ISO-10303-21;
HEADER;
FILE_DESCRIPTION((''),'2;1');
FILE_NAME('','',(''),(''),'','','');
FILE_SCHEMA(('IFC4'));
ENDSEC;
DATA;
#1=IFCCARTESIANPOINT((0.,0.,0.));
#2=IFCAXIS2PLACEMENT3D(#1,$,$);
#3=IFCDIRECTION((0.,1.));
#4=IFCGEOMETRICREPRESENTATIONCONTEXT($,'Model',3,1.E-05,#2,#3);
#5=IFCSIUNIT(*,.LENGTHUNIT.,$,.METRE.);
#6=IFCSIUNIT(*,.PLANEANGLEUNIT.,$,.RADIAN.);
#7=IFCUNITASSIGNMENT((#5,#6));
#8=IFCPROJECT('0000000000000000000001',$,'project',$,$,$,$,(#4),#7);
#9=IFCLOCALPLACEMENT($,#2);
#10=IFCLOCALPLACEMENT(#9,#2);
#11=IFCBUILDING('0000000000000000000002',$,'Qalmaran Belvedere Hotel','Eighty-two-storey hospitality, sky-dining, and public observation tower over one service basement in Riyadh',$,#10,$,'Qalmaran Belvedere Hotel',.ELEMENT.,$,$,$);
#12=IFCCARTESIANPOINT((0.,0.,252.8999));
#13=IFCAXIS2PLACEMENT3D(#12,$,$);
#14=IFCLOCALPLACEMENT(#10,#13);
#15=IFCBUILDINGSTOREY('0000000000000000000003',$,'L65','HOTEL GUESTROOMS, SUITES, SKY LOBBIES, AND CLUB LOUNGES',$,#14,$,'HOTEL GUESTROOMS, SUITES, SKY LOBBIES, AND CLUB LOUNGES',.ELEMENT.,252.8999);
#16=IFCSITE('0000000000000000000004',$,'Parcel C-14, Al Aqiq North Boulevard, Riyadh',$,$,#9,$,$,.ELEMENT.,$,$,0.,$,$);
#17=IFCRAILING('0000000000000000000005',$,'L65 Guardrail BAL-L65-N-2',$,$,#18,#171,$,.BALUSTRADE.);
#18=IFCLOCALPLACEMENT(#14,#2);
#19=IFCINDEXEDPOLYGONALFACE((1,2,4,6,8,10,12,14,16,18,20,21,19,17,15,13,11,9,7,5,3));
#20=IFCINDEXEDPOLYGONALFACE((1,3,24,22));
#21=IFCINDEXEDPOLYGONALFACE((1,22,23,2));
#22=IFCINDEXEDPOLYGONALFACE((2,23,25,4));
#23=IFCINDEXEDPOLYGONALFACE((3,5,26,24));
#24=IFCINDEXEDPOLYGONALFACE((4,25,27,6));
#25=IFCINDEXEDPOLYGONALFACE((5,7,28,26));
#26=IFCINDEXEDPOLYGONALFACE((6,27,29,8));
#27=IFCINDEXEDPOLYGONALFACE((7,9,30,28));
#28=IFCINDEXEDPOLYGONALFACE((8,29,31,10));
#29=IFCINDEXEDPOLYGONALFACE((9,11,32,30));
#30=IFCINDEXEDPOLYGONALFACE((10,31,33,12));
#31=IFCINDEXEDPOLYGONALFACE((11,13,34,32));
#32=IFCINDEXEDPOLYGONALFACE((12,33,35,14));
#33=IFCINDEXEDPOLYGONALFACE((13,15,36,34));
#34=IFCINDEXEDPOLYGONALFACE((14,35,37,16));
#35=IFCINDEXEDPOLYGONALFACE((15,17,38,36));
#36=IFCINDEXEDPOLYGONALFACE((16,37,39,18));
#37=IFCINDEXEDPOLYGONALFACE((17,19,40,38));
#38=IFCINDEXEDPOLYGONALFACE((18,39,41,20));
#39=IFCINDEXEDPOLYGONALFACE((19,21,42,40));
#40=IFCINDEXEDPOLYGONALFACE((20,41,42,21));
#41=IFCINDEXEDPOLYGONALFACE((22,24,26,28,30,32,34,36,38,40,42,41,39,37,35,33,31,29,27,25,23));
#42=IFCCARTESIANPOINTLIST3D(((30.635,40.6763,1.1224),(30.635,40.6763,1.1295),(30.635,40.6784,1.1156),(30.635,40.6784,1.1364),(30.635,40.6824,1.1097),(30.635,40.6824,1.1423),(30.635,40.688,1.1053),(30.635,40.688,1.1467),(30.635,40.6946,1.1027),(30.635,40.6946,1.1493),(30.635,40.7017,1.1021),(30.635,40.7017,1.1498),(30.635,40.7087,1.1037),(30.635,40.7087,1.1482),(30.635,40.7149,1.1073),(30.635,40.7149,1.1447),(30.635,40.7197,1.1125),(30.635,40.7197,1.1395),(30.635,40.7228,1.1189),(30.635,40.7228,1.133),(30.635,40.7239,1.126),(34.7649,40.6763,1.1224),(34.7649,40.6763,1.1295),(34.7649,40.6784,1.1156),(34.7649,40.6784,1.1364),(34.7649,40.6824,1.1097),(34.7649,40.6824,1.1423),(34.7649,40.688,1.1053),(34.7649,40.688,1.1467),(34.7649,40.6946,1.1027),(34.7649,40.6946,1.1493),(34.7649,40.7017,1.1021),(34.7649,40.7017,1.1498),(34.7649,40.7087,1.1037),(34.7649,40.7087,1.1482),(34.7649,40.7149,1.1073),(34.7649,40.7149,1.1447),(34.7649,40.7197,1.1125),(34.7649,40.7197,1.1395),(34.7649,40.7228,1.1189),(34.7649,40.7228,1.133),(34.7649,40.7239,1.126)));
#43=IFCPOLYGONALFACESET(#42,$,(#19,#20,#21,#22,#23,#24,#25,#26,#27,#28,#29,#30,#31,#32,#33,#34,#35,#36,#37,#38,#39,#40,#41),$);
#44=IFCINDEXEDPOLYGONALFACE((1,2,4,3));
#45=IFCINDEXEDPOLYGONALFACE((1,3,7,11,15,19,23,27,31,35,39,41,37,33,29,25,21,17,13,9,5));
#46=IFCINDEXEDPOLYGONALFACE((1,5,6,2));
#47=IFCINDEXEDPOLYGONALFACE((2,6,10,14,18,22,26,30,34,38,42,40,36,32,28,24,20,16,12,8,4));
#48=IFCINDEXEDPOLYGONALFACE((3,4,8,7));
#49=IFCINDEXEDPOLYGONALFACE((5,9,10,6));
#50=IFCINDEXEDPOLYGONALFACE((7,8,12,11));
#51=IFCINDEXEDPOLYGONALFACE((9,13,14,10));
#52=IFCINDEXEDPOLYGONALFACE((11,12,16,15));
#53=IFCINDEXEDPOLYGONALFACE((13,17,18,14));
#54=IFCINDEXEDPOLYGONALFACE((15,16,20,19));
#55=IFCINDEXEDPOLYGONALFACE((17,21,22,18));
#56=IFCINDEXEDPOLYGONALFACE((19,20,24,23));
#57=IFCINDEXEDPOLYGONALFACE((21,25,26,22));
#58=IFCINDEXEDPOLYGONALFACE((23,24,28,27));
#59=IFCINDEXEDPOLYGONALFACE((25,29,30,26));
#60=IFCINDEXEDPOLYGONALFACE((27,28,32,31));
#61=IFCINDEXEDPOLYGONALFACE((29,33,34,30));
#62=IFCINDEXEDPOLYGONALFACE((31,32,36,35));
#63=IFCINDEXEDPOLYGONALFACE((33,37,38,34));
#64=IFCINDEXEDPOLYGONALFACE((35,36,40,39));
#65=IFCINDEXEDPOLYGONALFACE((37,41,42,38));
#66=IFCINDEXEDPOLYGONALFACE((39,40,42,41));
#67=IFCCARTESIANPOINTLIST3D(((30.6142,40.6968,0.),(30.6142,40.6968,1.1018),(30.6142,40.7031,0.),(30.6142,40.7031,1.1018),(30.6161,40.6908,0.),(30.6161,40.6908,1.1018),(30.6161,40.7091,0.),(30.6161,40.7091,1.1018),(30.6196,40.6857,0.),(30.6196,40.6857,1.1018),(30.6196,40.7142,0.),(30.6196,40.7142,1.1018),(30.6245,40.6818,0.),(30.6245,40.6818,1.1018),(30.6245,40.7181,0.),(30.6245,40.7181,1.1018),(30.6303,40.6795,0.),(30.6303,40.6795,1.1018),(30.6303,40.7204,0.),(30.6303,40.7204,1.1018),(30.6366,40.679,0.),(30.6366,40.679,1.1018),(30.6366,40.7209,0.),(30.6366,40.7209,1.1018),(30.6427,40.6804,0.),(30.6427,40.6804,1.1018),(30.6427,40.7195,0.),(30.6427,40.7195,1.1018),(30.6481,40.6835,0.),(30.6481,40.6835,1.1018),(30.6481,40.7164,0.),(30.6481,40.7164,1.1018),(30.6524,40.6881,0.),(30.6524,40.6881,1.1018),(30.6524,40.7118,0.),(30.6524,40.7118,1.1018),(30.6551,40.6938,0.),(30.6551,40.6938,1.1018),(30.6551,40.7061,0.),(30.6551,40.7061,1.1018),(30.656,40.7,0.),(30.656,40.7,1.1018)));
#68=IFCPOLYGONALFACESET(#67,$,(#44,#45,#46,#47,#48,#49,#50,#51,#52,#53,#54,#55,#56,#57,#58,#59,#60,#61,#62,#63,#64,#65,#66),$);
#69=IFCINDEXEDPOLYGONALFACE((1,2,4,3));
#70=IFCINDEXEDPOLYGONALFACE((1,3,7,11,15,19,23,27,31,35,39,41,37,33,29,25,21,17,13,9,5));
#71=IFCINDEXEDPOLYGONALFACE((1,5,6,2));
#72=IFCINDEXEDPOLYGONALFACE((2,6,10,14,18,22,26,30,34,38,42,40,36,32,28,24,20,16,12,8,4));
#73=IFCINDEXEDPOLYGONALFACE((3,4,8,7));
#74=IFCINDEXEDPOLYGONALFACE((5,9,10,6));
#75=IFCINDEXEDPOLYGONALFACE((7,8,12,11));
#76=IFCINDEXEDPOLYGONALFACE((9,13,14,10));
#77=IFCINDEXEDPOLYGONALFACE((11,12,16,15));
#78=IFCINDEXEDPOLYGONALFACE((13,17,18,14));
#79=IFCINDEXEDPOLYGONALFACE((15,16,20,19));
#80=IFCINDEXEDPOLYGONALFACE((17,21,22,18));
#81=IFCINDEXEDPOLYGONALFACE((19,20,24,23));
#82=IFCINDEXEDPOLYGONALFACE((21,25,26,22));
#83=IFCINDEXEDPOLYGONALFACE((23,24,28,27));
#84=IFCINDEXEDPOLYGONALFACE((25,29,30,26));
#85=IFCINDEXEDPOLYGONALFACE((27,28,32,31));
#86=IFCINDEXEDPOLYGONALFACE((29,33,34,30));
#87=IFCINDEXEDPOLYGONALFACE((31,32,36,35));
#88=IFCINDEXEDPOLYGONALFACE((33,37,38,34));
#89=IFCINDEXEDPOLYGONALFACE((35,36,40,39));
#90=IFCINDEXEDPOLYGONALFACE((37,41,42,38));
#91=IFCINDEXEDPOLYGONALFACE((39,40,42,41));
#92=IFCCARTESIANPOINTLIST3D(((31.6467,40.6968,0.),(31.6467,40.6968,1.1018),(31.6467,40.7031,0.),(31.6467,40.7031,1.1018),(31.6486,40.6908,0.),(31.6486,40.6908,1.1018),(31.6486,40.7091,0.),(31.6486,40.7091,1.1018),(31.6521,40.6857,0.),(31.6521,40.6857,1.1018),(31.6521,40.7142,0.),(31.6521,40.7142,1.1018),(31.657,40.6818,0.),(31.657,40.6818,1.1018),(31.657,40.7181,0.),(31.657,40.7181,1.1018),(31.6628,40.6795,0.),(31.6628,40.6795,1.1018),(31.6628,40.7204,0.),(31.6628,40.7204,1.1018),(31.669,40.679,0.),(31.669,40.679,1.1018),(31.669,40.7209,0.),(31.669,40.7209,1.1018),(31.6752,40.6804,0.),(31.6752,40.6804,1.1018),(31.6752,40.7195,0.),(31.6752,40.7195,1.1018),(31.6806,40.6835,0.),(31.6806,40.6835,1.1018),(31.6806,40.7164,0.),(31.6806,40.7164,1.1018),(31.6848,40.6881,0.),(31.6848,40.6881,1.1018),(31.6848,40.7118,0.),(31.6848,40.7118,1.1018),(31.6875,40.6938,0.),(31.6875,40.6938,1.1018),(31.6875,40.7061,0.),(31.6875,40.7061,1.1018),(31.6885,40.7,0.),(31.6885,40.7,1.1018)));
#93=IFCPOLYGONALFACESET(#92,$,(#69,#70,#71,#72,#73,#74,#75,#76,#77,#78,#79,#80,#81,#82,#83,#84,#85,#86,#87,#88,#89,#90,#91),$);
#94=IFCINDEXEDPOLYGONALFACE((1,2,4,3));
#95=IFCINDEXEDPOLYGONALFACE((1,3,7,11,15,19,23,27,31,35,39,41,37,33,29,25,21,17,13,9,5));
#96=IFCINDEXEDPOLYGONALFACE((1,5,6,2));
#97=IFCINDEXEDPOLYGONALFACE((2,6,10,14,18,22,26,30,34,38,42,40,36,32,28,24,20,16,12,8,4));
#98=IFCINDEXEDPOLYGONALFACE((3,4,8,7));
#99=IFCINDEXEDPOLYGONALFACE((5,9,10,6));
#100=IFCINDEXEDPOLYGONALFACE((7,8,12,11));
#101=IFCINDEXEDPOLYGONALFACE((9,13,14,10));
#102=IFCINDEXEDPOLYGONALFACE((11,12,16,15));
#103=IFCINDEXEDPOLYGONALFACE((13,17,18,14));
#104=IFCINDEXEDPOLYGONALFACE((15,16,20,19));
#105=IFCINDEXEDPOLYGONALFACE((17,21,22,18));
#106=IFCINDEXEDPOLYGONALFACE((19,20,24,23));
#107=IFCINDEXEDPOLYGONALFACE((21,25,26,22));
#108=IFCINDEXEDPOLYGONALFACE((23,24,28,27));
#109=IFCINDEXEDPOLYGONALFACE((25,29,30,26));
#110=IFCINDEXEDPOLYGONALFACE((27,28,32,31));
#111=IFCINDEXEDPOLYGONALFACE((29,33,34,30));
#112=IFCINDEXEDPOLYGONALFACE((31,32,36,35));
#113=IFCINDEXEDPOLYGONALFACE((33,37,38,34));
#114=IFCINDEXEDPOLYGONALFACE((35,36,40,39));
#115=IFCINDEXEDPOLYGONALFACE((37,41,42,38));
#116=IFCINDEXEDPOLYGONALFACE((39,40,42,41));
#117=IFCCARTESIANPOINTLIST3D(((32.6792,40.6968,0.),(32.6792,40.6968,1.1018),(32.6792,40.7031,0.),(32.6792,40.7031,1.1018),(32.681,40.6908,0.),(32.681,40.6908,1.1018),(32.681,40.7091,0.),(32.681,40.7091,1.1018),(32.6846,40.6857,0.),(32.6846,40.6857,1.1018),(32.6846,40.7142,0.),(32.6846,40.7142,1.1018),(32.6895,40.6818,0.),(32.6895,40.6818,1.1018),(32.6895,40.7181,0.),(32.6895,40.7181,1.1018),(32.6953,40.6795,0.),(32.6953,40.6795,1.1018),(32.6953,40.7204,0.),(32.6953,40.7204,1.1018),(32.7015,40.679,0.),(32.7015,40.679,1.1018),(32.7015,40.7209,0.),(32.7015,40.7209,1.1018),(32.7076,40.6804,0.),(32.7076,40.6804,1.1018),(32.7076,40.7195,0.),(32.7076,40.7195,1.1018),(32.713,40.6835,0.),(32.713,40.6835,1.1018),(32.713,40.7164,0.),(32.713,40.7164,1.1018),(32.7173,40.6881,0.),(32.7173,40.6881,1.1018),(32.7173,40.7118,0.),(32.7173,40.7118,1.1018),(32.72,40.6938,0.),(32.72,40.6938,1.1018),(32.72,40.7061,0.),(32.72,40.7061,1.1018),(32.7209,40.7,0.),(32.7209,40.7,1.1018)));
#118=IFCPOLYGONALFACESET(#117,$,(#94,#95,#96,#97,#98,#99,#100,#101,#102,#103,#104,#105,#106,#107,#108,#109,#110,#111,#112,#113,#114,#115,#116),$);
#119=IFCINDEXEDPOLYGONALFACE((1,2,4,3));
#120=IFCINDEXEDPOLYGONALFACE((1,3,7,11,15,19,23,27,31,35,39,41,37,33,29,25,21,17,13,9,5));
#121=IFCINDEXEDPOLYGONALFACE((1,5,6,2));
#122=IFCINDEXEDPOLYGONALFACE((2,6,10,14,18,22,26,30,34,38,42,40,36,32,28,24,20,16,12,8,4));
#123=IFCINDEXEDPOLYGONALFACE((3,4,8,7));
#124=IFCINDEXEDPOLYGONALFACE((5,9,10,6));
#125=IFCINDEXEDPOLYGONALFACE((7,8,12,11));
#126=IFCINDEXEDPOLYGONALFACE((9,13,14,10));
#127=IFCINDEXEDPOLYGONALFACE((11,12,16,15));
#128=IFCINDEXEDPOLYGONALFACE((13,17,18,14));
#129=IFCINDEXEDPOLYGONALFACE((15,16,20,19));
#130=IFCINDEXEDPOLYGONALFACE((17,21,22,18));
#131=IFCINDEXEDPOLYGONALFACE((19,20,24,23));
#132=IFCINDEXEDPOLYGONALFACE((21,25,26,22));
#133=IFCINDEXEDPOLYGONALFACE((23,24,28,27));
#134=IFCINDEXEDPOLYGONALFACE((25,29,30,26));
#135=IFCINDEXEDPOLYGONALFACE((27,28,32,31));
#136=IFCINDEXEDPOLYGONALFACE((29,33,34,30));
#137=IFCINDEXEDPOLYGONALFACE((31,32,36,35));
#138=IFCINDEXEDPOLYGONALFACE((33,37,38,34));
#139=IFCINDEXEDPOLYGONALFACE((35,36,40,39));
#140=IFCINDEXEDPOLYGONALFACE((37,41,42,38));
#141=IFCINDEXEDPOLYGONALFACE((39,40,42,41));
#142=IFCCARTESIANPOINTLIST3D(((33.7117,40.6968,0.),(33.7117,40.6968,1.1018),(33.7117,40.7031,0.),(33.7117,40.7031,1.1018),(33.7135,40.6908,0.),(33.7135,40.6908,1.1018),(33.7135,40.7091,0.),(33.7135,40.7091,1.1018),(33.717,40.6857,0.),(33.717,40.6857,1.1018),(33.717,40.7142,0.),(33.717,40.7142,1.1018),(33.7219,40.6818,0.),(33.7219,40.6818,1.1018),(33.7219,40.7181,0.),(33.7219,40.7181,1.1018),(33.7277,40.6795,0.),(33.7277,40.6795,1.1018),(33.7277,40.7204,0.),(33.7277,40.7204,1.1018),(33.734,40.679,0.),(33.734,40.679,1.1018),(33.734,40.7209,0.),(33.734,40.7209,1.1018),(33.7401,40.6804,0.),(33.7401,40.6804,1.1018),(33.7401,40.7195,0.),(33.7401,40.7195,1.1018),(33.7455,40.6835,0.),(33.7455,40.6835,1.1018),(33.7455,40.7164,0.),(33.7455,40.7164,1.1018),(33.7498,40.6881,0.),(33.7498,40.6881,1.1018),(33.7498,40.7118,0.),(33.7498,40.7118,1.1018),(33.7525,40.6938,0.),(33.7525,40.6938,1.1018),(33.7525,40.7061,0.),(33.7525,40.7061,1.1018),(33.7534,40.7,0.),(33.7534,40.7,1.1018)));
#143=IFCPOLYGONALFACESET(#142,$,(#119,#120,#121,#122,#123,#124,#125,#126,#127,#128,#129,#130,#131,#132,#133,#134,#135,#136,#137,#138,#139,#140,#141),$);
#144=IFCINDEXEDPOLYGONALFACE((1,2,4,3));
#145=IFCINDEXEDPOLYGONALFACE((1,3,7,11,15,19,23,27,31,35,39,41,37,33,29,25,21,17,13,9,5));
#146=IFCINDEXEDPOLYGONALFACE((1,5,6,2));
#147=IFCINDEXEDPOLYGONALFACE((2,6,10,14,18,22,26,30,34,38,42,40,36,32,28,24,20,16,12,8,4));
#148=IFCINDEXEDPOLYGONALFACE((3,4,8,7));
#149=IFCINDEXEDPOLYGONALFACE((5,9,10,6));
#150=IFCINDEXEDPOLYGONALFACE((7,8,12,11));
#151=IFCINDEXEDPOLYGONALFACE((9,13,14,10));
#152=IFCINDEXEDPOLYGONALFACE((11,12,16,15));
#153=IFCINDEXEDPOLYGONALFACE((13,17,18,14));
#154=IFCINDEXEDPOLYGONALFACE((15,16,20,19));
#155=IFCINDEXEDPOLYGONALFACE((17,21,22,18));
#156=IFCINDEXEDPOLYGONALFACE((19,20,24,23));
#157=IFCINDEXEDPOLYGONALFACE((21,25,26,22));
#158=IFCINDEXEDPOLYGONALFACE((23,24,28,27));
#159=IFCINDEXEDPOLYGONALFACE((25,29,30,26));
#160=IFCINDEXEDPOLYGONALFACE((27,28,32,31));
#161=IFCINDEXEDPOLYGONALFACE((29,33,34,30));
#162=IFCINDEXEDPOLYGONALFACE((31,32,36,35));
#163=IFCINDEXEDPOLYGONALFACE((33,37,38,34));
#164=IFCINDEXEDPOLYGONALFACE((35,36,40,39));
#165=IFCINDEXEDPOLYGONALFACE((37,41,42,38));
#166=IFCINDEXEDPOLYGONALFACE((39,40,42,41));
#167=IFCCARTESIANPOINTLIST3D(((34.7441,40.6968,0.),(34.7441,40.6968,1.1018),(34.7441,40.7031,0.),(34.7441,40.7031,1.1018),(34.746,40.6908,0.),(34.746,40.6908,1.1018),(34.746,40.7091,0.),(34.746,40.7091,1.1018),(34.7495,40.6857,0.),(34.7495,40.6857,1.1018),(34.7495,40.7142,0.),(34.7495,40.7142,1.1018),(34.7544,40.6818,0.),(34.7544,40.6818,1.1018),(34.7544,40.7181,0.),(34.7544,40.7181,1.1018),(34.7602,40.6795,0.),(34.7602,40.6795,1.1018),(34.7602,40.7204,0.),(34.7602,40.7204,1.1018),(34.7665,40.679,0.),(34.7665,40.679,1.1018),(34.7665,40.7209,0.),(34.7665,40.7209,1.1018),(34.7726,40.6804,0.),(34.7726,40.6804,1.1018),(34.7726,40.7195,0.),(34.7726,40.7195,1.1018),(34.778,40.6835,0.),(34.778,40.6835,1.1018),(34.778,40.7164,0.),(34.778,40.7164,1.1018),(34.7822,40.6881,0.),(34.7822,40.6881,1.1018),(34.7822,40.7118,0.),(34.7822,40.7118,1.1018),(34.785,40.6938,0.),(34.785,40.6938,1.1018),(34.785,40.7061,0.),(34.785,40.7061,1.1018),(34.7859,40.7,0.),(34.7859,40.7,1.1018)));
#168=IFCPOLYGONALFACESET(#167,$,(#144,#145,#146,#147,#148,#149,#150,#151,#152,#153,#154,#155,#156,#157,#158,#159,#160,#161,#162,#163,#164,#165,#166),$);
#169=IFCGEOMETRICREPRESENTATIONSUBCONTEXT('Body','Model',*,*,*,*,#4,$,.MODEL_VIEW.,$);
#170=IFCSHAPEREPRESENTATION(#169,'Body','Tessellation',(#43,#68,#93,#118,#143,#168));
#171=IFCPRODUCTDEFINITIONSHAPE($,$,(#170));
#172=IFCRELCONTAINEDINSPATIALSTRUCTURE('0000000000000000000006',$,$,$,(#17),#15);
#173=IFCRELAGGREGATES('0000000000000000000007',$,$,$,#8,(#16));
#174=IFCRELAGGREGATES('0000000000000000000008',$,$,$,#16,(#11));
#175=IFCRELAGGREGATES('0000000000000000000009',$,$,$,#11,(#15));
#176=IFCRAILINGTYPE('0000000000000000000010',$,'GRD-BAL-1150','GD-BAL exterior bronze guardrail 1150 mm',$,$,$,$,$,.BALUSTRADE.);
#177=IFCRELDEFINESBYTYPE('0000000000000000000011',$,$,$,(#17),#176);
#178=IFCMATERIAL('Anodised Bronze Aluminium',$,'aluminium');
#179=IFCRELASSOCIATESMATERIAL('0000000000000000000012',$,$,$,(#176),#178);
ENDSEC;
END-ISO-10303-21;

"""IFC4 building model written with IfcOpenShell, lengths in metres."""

from ifc_helpers import new_model, si_unit, direction, frame, origin, origin_2d, place, context, subcontext, project, spatial, circle, extrude, material, type_object, element, save


model = new_model("IFC4")

# Units and contexts
model_context = context("Model", 3, precision=1e-05, world=origin(), true_north=direction((0.0, 1.0)))
body_context = subcontext(model_context, "Body", "Model", "MODEL_VIEW")
ifc_project = project(units=[si_unit("LENGTHUNIT", "METRE"), si_unit("PLANEANGLEUNIT", "RADIAN")], contexts=[model_context])

# Site, building, storey
site_placement = place(None, origin())
site = spatial("IfcSite", under=ifc_project, at=site_placement, Name="Parcel C-14, Al Aqiq North Boulevard, Riyadh", CompositionType="ELEMENT", RefElevation=0.0)
building_placement = place(site_placement, origin())
building = spatial("IfcBuilding", under=site, at=building_placement, Name="Qalmaran Belvedere Hotel", Description="Eighty-two-storey hospitality, sky-dining, and public observation tower over one service basement in Riyadh", LongName="Qalmaran Belvedere Hotel", CompositionType="ELEMENT")
storey_placement = place(building_placement, frame((0.0, 0.0, 252.8999)))
storey = spatial("IfcBuildingStorey", under=building, at=storey_placement, Name="L65", Description="HOTEL GUESTROOMS, SUITES, SKY LOBBIES, AND CLUB LOUNGES", LongName="HOTEL GUESTROOMS, SUITES, SKY LOBBIES, AND CLUB LOUNGES", CompositionType="ELEMENT", Elevation=252.8999)

# Shared definitions
ifc_material_1 = material(Name="Anodised Bronze Aluminium", Category="aluminium")

# Railing
railing_type = type_object("IfcRailingType", Name="GRD-BAL-1150", Description="GD-BAL exterior bronze guardrail 1150 mm", PredefinedType="BALUSTRADE", material=ifc_material_1)
railing_1_placement = place(storey_placement, frame((30.635, 40.7, 0.0)))
element("IfcRailing", 1, at=railing_1_placement, inside=storey, type_object=railing_type, Name="L65 Guardrail BAL-L65-N-2", PredefinedType="BALUSTRADE", context=body_context, shape_type="SweptSolid", body=[
    extrude(circle(Radius=0.0239, at=origin_2d()), frame((0.0, 0.0, 1.126), z_axis=(1.0, 0.0, 0.0), x_axis=(0.0, 1.0, 0.0)), (0.0, 0.0, 1.0), 4.1299),
    extrude(circle(Radius=0.021, at=origin_2d()), origin(), (0.0, 0.0, 1.0), 1.1018),
    extrude(circle(Radius=0.021, at=origin_2d()), frame((1.0325, 0.0, 0.0)), (0.0, 0.0, 1.0), 1.1018),
    extrude(circle(Radius=0.021, at=origin_2d()), frame((2.0649, 0.0, 0.0)), (0.0, 0.0, 1.0), 1.1018),
    extrude(circle(Radius=0.021, at=origin_2d()), frame((3.0974, 0.0, 0.0)), (0.0, 0.0, 1.0), 1.1018),
    extrude(circle(Radius=0.021, at=origin_2d()), frame((4.1299, 0.0, 0.0)), (0.0, 0.0, 1.0), 1.1018),
])

save(model, "model.ifc")
